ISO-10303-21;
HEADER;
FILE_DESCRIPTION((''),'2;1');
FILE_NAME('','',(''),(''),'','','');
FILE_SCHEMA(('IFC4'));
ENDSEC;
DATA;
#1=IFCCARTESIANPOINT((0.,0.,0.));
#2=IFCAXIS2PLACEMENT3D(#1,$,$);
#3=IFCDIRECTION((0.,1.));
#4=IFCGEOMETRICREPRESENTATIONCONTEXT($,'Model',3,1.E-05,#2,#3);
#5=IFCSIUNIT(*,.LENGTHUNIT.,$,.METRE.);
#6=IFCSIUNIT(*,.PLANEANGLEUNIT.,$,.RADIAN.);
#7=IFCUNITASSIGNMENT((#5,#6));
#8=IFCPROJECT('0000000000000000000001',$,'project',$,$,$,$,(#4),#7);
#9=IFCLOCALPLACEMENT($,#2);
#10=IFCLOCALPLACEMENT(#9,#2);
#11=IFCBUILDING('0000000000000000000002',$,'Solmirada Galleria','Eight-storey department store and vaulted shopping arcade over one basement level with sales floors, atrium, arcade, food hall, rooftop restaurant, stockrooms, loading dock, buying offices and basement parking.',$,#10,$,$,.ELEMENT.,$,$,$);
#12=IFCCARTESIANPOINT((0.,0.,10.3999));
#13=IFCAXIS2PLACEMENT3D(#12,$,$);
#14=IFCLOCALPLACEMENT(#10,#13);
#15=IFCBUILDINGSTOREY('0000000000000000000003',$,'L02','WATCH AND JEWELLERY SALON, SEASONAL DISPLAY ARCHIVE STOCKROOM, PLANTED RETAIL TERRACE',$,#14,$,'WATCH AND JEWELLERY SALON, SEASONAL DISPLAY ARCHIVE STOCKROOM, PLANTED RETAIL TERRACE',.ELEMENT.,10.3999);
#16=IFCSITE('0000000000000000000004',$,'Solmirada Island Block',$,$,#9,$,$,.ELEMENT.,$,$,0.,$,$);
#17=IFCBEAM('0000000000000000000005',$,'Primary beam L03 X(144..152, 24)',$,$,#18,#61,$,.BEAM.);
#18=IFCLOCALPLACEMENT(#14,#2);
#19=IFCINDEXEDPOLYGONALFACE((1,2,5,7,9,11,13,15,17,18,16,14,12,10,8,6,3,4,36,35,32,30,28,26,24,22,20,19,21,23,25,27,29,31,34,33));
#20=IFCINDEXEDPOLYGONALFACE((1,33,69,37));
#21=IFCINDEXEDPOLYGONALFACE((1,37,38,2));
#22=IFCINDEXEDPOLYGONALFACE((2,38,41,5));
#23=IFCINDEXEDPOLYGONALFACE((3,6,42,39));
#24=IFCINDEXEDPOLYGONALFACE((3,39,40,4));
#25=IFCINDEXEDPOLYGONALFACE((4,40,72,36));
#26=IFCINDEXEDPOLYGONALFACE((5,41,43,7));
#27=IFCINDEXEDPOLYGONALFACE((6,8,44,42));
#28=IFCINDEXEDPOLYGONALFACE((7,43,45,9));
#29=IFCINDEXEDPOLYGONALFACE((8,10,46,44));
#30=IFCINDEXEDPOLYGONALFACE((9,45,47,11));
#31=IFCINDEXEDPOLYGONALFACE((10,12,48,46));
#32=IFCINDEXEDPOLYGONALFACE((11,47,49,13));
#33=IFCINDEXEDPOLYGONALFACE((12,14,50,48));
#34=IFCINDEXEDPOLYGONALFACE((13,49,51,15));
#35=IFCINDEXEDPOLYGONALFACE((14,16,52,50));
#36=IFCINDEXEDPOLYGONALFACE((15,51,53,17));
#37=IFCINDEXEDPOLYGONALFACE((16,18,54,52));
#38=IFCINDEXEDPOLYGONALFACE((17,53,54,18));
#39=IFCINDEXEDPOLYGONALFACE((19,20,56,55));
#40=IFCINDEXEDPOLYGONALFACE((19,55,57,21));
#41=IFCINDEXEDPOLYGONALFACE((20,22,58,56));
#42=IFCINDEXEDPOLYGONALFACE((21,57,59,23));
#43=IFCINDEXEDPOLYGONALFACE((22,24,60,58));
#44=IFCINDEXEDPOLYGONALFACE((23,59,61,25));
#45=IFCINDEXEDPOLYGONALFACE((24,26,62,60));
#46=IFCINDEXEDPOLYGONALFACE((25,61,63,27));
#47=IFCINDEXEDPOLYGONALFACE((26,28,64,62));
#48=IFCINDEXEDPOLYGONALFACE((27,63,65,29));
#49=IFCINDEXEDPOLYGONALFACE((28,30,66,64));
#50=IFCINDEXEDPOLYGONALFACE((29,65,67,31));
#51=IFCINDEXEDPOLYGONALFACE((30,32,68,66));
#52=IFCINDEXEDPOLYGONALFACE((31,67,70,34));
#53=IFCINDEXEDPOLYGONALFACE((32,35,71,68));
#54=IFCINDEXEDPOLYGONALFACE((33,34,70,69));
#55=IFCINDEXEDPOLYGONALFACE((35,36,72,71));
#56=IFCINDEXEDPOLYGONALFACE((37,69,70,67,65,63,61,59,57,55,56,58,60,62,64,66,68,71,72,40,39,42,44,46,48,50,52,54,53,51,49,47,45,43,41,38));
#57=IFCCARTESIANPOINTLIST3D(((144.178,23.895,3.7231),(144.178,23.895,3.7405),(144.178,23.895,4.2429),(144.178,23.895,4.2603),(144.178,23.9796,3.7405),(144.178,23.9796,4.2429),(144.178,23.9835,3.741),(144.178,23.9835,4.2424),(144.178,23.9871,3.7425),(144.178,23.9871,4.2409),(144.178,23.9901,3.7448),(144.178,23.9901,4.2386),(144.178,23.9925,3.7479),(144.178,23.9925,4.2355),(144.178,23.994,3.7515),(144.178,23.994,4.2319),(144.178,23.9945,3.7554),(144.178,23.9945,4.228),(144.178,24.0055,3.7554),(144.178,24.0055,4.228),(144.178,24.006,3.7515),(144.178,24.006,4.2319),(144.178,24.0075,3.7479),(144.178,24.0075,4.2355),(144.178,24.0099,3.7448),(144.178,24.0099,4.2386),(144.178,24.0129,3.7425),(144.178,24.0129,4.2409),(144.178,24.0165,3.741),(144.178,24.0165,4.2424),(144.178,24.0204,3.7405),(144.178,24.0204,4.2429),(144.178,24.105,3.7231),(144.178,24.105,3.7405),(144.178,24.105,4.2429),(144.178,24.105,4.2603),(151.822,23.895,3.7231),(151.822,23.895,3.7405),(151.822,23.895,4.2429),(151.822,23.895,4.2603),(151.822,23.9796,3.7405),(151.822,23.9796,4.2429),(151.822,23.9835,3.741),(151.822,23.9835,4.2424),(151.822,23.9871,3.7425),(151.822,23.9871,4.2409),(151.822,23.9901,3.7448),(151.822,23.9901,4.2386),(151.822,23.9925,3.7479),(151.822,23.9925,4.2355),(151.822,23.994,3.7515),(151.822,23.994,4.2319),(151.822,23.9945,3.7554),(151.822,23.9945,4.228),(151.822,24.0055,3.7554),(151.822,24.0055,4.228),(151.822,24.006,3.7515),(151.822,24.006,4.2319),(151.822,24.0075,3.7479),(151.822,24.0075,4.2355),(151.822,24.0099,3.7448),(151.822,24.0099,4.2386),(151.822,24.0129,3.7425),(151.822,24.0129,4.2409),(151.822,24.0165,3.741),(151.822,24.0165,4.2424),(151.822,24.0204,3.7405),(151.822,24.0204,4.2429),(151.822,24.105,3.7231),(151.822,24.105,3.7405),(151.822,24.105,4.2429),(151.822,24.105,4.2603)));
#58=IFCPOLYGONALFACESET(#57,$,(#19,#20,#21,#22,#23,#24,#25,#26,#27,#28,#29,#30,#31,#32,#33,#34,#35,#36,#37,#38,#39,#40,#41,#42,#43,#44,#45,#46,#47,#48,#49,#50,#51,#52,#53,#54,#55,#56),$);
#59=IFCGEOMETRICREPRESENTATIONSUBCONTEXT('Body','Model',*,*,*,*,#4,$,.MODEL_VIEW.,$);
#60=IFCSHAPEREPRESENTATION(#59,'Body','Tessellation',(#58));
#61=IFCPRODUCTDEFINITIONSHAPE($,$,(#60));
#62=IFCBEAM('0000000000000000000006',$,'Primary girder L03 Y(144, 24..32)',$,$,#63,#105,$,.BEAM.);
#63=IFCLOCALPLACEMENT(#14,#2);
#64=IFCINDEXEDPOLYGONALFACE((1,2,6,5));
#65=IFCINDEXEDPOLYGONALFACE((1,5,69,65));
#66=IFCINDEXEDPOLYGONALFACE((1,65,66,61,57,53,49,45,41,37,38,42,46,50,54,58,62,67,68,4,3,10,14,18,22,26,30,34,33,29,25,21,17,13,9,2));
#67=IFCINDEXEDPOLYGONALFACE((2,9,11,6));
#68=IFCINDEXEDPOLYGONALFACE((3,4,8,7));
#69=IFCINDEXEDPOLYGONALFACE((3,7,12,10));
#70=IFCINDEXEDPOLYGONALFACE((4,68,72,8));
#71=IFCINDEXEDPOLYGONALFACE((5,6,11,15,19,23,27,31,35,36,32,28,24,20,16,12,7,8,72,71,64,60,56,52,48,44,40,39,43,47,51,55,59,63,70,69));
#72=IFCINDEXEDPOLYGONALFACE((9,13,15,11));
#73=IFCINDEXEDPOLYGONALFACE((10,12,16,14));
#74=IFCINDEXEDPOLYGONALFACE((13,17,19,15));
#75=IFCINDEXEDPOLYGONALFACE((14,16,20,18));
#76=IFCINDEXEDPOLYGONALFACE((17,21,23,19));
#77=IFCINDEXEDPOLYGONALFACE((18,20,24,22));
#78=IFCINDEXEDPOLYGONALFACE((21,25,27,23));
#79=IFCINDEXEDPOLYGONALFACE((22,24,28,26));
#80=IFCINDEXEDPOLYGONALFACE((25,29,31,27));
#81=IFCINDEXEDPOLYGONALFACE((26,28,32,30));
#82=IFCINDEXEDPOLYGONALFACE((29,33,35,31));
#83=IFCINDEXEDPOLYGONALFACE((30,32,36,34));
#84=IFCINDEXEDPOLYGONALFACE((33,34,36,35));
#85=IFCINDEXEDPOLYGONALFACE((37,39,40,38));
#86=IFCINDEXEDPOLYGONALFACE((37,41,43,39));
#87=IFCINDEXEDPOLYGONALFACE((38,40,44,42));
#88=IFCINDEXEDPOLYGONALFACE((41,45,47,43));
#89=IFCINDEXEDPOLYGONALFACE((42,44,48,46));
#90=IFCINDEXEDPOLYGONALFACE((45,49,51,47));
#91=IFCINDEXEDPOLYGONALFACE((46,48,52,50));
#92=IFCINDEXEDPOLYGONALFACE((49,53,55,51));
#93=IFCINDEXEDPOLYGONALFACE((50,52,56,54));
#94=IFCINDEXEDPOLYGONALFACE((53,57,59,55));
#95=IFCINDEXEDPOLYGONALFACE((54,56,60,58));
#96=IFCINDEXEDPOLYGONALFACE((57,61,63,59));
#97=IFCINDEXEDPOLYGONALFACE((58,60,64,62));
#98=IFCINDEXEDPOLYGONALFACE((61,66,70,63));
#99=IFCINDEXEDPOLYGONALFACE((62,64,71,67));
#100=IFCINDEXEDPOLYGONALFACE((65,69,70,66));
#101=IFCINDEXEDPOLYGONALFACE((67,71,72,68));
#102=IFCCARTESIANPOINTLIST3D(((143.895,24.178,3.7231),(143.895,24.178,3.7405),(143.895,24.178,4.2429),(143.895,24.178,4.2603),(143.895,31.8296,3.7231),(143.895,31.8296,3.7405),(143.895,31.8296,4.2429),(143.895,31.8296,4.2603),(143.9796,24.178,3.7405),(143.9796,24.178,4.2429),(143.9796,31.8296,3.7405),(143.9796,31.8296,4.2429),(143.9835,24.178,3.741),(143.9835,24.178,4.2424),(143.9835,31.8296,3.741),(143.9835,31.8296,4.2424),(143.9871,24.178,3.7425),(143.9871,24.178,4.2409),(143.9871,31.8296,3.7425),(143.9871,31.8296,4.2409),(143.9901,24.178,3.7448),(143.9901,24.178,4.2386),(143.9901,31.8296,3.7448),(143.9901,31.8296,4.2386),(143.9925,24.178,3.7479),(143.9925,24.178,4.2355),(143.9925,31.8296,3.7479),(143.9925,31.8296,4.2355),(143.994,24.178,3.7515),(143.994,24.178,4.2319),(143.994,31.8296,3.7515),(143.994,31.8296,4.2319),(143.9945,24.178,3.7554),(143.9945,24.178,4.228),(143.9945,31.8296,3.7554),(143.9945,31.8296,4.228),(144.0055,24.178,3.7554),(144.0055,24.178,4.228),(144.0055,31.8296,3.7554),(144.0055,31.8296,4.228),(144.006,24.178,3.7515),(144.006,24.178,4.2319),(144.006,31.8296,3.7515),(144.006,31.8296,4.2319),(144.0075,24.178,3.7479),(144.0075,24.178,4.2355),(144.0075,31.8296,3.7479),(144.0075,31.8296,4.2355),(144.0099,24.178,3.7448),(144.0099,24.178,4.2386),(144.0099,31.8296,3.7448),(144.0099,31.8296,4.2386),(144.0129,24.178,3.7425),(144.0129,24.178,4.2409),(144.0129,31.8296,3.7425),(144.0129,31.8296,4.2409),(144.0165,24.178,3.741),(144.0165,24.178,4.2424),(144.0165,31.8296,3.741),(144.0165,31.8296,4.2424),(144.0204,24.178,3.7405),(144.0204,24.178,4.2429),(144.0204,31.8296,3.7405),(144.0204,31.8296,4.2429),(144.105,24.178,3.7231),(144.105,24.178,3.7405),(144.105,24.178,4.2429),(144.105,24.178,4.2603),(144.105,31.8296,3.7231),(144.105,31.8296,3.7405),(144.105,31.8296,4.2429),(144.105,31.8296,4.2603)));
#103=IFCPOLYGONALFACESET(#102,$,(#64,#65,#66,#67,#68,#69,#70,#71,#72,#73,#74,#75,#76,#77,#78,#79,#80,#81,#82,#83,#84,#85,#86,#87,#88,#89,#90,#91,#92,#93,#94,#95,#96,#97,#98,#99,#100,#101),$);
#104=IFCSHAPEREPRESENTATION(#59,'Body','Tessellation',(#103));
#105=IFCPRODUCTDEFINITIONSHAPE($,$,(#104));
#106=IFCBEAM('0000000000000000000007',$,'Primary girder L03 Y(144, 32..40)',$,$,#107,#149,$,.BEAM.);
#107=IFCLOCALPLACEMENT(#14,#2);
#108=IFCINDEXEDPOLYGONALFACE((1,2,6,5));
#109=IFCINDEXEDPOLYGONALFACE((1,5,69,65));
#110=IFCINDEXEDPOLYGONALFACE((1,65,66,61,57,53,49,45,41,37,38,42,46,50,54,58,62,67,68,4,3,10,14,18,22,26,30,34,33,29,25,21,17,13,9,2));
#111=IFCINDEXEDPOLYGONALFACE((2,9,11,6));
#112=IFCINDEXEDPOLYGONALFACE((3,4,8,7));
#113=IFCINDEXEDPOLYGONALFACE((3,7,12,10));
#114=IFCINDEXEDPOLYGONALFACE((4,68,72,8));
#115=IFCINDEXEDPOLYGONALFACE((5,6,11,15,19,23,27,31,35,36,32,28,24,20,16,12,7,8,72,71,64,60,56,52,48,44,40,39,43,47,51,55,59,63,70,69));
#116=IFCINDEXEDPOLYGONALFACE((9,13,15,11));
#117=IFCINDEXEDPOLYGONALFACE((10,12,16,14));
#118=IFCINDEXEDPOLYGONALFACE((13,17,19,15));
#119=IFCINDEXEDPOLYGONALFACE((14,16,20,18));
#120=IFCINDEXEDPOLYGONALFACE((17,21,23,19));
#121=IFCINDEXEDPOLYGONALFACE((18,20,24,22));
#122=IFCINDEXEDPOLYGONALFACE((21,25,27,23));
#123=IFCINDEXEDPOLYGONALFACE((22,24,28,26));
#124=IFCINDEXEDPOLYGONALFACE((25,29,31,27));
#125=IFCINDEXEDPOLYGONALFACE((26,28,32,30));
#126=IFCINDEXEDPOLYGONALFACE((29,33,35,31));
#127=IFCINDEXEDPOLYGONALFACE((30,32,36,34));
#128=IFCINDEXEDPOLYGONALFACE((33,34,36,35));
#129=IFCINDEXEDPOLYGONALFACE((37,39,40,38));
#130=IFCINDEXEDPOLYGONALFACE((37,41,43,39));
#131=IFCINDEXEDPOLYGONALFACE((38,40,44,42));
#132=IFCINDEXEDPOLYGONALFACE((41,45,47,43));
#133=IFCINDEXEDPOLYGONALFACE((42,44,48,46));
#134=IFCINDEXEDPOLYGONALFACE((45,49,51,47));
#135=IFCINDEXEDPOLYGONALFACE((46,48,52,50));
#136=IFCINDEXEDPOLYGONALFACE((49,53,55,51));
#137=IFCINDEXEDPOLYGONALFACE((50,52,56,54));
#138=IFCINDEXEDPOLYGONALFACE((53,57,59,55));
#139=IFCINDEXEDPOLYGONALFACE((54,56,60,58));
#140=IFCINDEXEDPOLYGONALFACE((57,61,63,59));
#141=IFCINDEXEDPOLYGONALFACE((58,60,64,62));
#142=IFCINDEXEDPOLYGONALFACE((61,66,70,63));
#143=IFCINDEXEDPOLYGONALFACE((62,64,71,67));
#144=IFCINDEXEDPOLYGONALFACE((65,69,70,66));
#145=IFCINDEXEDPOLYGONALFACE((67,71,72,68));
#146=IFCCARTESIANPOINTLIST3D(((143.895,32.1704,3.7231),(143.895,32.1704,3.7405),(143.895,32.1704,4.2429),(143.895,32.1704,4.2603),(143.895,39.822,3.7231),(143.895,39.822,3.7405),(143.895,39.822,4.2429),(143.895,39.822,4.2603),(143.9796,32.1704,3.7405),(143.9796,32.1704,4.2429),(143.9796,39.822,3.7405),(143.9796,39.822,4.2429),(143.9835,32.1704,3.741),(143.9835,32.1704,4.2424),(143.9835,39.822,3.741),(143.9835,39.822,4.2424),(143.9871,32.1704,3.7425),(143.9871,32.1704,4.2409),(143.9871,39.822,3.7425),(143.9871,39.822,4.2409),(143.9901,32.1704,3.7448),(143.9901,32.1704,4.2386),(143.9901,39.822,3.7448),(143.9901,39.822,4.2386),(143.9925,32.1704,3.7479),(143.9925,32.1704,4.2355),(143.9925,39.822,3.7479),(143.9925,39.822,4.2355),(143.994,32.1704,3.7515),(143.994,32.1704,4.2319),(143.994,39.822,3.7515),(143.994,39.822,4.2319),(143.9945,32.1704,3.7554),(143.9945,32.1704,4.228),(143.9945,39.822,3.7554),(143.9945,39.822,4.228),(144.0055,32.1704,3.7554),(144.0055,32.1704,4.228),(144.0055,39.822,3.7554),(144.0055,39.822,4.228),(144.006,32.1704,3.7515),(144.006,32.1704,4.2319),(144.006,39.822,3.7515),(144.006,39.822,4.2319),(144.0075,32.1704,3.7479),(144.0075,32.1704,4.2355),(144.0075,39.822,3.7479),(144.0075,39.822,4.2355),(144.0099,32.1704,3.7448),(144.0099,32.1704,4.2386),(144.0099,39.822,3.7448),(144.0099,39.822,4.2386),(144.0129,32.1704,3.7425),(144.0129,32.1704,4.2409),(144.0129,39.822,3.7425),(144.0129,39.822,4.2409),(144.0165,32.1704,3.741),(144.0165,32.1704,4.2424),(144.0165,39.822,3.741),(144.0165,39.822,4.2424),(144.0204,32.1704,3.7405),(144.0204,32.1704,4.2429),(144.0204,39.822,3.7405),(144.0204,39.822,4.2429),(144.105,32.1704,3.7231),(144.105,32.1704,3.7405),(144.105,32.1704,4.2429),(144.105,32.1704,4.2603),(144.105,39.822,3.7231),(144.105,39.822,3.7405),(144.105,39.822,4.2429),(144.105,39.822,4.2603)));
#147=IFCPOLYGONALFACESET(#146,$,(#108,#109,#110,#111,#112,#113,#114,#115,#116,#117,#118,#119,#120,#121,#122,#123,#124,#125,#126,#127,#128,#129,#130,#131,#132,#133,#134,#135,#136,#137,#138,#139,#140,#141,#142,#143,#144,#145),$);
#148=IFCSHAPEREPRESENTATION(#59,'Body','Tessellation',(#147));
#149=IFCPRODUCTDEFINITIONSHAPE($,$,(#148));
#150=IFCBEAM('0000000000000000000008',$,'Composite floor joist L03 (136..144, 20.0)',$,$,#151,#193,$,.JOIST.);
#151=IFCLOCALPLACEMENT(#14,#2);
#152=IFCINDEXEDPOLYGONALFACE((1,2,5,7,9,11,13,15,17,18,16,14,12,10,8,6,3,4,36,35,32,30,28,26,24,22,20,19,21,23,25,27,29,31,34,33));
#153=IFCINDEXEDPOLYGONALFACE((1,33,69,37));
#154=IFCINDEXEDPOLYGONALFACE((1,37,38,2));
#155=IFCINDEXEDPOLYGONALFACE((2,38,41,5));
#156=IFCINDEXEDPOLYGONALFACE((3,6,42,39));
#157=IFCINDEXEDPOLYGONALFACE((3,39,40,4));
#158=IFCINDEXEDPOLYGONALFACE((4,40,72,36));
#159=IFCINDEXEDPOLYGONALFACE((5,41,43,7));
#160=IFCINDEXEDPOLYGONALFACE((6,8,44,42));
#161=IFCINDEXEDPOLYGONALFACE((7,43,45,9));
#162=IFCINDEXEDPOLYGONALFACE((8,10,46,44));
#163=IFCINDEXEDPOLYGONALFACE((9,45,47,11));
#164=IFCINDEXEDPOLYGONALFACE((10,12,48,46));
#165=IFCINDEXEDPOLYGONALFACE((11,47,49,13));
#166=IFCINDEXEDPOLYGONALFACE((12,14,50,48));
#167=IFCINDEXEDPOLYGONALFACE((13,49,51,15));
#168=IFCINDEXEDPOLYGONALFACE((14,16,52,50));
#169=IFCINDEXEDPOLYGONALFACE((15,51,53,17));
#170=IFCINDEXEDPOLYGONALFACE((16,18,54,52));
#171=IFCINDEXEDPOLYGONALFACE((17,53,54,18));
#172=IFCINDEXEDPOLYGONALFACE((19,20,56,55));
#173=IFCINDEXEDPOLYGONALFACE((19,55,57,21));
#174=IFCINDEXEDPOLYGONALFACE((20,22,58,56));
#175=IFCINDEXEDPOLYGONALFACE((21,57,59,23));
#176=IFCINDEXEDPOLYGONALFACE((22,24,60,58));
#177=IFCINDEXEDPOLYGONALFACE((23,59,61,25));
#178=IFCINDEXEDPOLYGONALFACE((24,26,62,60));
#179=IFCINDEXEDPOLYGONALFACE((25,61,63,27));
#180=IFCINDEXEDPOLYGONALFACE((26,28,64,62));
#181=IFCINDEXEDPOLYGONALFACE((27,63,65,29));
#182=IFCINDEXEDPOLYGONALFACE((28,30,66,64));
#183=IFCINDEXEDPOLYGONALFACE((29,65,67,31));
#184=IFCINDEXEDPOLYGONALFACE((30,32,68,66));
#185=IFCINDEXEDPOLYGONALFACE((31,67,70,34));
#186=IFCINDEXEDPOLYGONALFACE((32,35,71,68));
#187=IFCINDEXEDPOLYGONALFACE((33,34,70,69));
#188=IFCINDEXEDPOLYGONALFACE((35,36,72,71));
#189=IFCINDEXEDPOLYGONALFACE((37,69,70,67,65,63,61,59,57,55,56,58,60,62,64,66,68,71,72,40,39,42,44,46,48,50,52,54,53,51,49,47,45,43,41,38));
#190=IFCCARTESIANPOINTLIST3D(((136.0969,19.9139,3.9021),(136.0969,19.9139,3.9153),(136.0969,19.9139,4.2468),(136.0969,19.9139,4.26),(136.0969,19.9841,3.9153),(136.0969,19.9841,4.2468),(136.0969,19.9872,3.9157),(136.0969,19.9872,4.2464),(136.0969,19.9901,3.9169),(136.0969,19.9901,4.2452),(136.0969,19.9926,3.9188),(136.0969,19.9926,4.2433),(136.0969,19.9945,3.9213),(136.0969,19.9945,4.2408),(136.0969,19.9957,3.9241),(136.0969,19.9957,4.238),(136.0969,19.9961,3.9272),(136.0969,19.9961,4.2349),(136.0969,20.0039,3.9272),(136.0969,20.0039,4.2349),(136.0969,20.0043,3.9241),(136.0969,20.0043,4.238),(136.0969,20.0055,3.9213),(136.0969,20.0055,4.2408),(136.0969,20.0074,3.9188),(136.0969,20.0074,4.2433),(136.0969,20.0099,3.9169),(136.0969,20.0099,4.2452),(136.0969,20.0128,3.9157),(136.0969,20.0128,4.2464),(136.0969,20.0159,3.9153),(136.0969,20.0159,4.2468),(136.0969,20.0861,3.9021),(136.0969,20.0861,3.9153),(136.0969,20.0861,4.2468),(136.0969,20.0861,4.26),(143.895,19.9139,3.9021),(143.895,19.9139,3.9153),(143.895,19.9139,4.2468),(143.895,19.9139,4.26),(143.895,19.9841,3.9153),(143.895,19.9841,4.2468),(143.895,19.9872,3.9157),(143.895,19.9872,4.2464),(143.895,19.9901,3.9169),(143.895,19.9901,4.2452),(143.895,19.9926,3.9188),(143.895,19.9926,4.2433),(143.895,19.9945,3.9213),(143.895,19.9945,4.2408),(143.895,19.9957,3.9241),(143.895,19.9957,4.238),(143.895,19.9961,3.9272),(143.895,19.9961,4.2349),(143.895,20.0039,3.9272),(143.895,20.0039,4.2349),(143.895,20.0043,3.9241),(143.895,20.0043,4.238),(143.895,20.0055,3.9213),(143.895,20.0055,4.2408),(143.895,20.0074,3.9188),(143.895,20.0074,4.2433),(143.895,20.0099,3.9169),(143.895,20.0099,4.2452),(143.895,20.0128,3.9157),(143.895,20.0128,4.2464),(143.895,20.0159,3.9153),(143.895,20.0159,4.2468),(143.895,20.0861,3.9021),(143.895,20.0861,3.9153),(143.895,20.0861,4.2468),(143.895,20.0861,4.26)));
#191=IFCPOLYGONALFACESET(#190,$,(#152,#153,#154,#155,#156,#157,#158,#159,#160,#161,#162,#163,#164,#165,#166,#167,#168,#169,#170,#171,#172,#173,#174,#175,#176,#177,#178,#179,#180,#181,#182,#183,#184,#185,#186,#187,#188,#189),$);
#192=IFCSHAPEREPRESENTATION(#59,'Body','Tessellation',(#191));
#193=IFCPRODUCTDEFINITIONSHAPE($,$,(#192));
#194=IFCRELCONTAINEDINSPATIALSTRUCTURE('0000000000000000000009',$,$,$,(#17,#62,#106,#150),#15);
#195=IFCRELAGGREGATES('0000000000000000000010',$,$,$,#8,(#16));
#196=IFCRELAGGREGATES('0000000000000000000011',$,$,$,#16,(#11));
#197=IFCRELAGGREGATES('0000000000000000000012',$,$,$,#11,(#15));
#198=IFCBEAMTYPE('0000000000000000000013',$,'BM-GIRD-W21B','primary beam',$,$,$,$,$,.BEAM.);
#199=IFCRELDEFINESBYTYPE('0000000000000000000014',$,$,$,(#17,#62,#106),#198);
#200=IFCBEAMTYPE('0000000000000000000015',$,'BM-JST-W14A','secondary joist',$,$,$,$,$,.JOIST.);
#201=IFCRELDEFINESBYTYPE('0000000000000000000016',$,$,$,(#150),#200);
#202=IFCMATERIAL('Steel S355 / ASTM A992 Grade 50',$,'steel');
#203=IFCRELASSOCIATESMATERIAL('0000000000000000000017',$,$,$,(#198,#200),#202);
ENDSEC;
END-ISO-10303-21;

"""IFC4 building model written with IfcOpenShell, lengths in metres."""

from ifc_helpers import new_model, si_unit, direction, frame, origin, origin_2d, place, context, subcontext, project, spatial, i_section, extrude, material, material_profile, profile_set, type_object, element, save


model = new_model("IFC4")

# Units and contexts
model_context = context("Model", 3, precision=1e-05, world=origin(), true_north=direction((0.0, 1.0)))
body_context = subcontext(model_context, "Body", "Model", "MODEL_VIEW")
ifc_project = project(units=[si_unit("LENGTHUNIT", "METRE"), si_unit("PLANEANGLEUNIT", "RADIAN")], contexts=[model_context])

# Site, building, storey
site_placement = place(None, origin())
site = spatial("IfcSite", under=ifc_project, at=site_placement, Name="Solmirada Island Block", CompositionType="ELEMENT", RefElevation=0.0)
building_placement = place(site_placement, origin())
building = spatial("IfcBuilding", under=site, at=building_placement, Name="Solmirada Galleria", Description="Eight-storey department store and vaulted shopping arcade over one basement level with sales floors, atrium, arcade, food hall, rooftop restaurant, stockrooms, loading dock, buying offices and basement parking.", CompositionType="ELEMENT")
storey_placement = place(building_placement, frame((0.0, 0.0, 10.3999)))
storey = spatial("IfcBuildingStorey", under=building, at=storey_placement, Name="L02", Description="WATCH AND JEWELLERY SALON, SEASONAL DISPLAY ARCHIVE STOCKROOM, PLANTED RETAIL TERRACE", LongName="WATCH AND JEWELLERY SALON, SEASONAL DISPLAY ARCHIVE STOCKROOM, PLANTED RETAIL TERRACE", CompositionType="ELEMENT", Elevation=10.3999)

# Beams
ifc_material_1 = material(Name="Steel S355 / ASTM A992 Grade 50", Category="steel")
ifc_material_profile_1 = material_profile(ifc_material_1, i_section(OverallWidth=0.21, OverallDepth=0.5371, WebThickness=0.011, FlangeThickness=0.0173, FilletRadius=0.0149, at=origin_2d()), Name="W21X68")
ifc_profile_set_1 = profile_set([ifc_material_profile_1], Name="Steel S355 / ASTM A992 Grade 50")
beam_type_1 = type_object("IfcBeamType", Name="BM-GIRD-W21B", Description="primary beam", PredefinedType="BEAM", material=ifc_profile_set_1)
beam_1_placement = place(storey_placement, frame((144.178, 24.0, 3.9917), z_axis=(1.0, 0.0, 0.0), x_axis=(0.0, 1.0, 0.0)))
element("IfcBeam", 1, at=beam_1_placement, inside=storey, type_object=beam_type_1, Name="Primary beam L03 X(144..152, 24)", PredefinedType="BEAM", context=body_context, shape_type="SweptSolid", body=[
    extrude(i_section(OverallWidth=0.21, OverallDepth=0.5371, WebThickness=0.011, FlangeThickness=0.0173, FilletRadius=0.0149, at=origin_2d()), origin(), (0.0, 0.0, 1.0), 7.644),
])
for number, where, z_axis, x_axis, name in (
    (2, (144.0, 24.178, 3.9917), (0.0, 1.0, 0.0), (-1.0, 0.0, 0.0), "Primary girder L03 Y(144, 24..32)"),
    (3, (144.0, 32.1704, 3.9917), (0.0, 1.0, 0.0), (-1.0, 0.0, 0.0), "Primary girder L03 Y(144, 32..40)"),
):
    element("IfcBeam", number, at=place(storey_placement, frame(where, z_axis=z_axis, x_axis=x_axis)), inside=storey, type_object=beam_type_1, Name=name, PredefinedType="BEAM", context=body_context, shape_type="SweptSolid", body=[
        extrude(i_section(OverallWidth=0.21, OverallDepth=0.5371, WebThickness=0.011, FlangeThickness=0.0173, FilletRadius=0.0149, at=origin_2d()), origin(), (0.0, 0.0, 1.0), 7.6516),
    ])
ifc_material_profile_2 = material_profile(ifc_material_1, i_section(OverallWidth=0.1721, OverallDepth=0.3579, WebThickness=0.0078, FlangeThickness=0.0132, FilletRadius=0.012, at=origin_2d()), Name="W14X38")
ifc_profile_set_2 = profile_set([ifc_material_profile_2], Name="Steel S355 / ASTM A992 Grade 50")
beam_type_2 = type_object("IfcBeamType", Name="BM-JST-W14A", Description="secondary joist", PredefinedType="JOIST", material=ifc_profile_set_2)
for number, where, z_axis, x_axis, name in (
    (4, (136.0969, 20.0, 4.0811), (1.0, 0.0, 0.0), (0.0, 1.0, 0.0), "Composite floor joist L03 (136..144, 20.0)"),
):
    element("IfcBeam", number, at=place(storey_placement, frame(where, z_axis=z_axis, x_axis=x_axis)), inside=storey, type_object=beam_type_2, Name=name, PredefinedType="JOIST", context=body_context, shape_type="SweptSolid", body=[
        extrude(i_section(OverallWidth=0.1721, OverallDepth=0.3579, WebThickness=0.0078, FlangeThickness=0.0132, FilletRadius=0.012, at=origin_2d()), origin(), (0.0, 0.0, 1.0), 7.7981),
    ])

save(model, "model.ifc")
